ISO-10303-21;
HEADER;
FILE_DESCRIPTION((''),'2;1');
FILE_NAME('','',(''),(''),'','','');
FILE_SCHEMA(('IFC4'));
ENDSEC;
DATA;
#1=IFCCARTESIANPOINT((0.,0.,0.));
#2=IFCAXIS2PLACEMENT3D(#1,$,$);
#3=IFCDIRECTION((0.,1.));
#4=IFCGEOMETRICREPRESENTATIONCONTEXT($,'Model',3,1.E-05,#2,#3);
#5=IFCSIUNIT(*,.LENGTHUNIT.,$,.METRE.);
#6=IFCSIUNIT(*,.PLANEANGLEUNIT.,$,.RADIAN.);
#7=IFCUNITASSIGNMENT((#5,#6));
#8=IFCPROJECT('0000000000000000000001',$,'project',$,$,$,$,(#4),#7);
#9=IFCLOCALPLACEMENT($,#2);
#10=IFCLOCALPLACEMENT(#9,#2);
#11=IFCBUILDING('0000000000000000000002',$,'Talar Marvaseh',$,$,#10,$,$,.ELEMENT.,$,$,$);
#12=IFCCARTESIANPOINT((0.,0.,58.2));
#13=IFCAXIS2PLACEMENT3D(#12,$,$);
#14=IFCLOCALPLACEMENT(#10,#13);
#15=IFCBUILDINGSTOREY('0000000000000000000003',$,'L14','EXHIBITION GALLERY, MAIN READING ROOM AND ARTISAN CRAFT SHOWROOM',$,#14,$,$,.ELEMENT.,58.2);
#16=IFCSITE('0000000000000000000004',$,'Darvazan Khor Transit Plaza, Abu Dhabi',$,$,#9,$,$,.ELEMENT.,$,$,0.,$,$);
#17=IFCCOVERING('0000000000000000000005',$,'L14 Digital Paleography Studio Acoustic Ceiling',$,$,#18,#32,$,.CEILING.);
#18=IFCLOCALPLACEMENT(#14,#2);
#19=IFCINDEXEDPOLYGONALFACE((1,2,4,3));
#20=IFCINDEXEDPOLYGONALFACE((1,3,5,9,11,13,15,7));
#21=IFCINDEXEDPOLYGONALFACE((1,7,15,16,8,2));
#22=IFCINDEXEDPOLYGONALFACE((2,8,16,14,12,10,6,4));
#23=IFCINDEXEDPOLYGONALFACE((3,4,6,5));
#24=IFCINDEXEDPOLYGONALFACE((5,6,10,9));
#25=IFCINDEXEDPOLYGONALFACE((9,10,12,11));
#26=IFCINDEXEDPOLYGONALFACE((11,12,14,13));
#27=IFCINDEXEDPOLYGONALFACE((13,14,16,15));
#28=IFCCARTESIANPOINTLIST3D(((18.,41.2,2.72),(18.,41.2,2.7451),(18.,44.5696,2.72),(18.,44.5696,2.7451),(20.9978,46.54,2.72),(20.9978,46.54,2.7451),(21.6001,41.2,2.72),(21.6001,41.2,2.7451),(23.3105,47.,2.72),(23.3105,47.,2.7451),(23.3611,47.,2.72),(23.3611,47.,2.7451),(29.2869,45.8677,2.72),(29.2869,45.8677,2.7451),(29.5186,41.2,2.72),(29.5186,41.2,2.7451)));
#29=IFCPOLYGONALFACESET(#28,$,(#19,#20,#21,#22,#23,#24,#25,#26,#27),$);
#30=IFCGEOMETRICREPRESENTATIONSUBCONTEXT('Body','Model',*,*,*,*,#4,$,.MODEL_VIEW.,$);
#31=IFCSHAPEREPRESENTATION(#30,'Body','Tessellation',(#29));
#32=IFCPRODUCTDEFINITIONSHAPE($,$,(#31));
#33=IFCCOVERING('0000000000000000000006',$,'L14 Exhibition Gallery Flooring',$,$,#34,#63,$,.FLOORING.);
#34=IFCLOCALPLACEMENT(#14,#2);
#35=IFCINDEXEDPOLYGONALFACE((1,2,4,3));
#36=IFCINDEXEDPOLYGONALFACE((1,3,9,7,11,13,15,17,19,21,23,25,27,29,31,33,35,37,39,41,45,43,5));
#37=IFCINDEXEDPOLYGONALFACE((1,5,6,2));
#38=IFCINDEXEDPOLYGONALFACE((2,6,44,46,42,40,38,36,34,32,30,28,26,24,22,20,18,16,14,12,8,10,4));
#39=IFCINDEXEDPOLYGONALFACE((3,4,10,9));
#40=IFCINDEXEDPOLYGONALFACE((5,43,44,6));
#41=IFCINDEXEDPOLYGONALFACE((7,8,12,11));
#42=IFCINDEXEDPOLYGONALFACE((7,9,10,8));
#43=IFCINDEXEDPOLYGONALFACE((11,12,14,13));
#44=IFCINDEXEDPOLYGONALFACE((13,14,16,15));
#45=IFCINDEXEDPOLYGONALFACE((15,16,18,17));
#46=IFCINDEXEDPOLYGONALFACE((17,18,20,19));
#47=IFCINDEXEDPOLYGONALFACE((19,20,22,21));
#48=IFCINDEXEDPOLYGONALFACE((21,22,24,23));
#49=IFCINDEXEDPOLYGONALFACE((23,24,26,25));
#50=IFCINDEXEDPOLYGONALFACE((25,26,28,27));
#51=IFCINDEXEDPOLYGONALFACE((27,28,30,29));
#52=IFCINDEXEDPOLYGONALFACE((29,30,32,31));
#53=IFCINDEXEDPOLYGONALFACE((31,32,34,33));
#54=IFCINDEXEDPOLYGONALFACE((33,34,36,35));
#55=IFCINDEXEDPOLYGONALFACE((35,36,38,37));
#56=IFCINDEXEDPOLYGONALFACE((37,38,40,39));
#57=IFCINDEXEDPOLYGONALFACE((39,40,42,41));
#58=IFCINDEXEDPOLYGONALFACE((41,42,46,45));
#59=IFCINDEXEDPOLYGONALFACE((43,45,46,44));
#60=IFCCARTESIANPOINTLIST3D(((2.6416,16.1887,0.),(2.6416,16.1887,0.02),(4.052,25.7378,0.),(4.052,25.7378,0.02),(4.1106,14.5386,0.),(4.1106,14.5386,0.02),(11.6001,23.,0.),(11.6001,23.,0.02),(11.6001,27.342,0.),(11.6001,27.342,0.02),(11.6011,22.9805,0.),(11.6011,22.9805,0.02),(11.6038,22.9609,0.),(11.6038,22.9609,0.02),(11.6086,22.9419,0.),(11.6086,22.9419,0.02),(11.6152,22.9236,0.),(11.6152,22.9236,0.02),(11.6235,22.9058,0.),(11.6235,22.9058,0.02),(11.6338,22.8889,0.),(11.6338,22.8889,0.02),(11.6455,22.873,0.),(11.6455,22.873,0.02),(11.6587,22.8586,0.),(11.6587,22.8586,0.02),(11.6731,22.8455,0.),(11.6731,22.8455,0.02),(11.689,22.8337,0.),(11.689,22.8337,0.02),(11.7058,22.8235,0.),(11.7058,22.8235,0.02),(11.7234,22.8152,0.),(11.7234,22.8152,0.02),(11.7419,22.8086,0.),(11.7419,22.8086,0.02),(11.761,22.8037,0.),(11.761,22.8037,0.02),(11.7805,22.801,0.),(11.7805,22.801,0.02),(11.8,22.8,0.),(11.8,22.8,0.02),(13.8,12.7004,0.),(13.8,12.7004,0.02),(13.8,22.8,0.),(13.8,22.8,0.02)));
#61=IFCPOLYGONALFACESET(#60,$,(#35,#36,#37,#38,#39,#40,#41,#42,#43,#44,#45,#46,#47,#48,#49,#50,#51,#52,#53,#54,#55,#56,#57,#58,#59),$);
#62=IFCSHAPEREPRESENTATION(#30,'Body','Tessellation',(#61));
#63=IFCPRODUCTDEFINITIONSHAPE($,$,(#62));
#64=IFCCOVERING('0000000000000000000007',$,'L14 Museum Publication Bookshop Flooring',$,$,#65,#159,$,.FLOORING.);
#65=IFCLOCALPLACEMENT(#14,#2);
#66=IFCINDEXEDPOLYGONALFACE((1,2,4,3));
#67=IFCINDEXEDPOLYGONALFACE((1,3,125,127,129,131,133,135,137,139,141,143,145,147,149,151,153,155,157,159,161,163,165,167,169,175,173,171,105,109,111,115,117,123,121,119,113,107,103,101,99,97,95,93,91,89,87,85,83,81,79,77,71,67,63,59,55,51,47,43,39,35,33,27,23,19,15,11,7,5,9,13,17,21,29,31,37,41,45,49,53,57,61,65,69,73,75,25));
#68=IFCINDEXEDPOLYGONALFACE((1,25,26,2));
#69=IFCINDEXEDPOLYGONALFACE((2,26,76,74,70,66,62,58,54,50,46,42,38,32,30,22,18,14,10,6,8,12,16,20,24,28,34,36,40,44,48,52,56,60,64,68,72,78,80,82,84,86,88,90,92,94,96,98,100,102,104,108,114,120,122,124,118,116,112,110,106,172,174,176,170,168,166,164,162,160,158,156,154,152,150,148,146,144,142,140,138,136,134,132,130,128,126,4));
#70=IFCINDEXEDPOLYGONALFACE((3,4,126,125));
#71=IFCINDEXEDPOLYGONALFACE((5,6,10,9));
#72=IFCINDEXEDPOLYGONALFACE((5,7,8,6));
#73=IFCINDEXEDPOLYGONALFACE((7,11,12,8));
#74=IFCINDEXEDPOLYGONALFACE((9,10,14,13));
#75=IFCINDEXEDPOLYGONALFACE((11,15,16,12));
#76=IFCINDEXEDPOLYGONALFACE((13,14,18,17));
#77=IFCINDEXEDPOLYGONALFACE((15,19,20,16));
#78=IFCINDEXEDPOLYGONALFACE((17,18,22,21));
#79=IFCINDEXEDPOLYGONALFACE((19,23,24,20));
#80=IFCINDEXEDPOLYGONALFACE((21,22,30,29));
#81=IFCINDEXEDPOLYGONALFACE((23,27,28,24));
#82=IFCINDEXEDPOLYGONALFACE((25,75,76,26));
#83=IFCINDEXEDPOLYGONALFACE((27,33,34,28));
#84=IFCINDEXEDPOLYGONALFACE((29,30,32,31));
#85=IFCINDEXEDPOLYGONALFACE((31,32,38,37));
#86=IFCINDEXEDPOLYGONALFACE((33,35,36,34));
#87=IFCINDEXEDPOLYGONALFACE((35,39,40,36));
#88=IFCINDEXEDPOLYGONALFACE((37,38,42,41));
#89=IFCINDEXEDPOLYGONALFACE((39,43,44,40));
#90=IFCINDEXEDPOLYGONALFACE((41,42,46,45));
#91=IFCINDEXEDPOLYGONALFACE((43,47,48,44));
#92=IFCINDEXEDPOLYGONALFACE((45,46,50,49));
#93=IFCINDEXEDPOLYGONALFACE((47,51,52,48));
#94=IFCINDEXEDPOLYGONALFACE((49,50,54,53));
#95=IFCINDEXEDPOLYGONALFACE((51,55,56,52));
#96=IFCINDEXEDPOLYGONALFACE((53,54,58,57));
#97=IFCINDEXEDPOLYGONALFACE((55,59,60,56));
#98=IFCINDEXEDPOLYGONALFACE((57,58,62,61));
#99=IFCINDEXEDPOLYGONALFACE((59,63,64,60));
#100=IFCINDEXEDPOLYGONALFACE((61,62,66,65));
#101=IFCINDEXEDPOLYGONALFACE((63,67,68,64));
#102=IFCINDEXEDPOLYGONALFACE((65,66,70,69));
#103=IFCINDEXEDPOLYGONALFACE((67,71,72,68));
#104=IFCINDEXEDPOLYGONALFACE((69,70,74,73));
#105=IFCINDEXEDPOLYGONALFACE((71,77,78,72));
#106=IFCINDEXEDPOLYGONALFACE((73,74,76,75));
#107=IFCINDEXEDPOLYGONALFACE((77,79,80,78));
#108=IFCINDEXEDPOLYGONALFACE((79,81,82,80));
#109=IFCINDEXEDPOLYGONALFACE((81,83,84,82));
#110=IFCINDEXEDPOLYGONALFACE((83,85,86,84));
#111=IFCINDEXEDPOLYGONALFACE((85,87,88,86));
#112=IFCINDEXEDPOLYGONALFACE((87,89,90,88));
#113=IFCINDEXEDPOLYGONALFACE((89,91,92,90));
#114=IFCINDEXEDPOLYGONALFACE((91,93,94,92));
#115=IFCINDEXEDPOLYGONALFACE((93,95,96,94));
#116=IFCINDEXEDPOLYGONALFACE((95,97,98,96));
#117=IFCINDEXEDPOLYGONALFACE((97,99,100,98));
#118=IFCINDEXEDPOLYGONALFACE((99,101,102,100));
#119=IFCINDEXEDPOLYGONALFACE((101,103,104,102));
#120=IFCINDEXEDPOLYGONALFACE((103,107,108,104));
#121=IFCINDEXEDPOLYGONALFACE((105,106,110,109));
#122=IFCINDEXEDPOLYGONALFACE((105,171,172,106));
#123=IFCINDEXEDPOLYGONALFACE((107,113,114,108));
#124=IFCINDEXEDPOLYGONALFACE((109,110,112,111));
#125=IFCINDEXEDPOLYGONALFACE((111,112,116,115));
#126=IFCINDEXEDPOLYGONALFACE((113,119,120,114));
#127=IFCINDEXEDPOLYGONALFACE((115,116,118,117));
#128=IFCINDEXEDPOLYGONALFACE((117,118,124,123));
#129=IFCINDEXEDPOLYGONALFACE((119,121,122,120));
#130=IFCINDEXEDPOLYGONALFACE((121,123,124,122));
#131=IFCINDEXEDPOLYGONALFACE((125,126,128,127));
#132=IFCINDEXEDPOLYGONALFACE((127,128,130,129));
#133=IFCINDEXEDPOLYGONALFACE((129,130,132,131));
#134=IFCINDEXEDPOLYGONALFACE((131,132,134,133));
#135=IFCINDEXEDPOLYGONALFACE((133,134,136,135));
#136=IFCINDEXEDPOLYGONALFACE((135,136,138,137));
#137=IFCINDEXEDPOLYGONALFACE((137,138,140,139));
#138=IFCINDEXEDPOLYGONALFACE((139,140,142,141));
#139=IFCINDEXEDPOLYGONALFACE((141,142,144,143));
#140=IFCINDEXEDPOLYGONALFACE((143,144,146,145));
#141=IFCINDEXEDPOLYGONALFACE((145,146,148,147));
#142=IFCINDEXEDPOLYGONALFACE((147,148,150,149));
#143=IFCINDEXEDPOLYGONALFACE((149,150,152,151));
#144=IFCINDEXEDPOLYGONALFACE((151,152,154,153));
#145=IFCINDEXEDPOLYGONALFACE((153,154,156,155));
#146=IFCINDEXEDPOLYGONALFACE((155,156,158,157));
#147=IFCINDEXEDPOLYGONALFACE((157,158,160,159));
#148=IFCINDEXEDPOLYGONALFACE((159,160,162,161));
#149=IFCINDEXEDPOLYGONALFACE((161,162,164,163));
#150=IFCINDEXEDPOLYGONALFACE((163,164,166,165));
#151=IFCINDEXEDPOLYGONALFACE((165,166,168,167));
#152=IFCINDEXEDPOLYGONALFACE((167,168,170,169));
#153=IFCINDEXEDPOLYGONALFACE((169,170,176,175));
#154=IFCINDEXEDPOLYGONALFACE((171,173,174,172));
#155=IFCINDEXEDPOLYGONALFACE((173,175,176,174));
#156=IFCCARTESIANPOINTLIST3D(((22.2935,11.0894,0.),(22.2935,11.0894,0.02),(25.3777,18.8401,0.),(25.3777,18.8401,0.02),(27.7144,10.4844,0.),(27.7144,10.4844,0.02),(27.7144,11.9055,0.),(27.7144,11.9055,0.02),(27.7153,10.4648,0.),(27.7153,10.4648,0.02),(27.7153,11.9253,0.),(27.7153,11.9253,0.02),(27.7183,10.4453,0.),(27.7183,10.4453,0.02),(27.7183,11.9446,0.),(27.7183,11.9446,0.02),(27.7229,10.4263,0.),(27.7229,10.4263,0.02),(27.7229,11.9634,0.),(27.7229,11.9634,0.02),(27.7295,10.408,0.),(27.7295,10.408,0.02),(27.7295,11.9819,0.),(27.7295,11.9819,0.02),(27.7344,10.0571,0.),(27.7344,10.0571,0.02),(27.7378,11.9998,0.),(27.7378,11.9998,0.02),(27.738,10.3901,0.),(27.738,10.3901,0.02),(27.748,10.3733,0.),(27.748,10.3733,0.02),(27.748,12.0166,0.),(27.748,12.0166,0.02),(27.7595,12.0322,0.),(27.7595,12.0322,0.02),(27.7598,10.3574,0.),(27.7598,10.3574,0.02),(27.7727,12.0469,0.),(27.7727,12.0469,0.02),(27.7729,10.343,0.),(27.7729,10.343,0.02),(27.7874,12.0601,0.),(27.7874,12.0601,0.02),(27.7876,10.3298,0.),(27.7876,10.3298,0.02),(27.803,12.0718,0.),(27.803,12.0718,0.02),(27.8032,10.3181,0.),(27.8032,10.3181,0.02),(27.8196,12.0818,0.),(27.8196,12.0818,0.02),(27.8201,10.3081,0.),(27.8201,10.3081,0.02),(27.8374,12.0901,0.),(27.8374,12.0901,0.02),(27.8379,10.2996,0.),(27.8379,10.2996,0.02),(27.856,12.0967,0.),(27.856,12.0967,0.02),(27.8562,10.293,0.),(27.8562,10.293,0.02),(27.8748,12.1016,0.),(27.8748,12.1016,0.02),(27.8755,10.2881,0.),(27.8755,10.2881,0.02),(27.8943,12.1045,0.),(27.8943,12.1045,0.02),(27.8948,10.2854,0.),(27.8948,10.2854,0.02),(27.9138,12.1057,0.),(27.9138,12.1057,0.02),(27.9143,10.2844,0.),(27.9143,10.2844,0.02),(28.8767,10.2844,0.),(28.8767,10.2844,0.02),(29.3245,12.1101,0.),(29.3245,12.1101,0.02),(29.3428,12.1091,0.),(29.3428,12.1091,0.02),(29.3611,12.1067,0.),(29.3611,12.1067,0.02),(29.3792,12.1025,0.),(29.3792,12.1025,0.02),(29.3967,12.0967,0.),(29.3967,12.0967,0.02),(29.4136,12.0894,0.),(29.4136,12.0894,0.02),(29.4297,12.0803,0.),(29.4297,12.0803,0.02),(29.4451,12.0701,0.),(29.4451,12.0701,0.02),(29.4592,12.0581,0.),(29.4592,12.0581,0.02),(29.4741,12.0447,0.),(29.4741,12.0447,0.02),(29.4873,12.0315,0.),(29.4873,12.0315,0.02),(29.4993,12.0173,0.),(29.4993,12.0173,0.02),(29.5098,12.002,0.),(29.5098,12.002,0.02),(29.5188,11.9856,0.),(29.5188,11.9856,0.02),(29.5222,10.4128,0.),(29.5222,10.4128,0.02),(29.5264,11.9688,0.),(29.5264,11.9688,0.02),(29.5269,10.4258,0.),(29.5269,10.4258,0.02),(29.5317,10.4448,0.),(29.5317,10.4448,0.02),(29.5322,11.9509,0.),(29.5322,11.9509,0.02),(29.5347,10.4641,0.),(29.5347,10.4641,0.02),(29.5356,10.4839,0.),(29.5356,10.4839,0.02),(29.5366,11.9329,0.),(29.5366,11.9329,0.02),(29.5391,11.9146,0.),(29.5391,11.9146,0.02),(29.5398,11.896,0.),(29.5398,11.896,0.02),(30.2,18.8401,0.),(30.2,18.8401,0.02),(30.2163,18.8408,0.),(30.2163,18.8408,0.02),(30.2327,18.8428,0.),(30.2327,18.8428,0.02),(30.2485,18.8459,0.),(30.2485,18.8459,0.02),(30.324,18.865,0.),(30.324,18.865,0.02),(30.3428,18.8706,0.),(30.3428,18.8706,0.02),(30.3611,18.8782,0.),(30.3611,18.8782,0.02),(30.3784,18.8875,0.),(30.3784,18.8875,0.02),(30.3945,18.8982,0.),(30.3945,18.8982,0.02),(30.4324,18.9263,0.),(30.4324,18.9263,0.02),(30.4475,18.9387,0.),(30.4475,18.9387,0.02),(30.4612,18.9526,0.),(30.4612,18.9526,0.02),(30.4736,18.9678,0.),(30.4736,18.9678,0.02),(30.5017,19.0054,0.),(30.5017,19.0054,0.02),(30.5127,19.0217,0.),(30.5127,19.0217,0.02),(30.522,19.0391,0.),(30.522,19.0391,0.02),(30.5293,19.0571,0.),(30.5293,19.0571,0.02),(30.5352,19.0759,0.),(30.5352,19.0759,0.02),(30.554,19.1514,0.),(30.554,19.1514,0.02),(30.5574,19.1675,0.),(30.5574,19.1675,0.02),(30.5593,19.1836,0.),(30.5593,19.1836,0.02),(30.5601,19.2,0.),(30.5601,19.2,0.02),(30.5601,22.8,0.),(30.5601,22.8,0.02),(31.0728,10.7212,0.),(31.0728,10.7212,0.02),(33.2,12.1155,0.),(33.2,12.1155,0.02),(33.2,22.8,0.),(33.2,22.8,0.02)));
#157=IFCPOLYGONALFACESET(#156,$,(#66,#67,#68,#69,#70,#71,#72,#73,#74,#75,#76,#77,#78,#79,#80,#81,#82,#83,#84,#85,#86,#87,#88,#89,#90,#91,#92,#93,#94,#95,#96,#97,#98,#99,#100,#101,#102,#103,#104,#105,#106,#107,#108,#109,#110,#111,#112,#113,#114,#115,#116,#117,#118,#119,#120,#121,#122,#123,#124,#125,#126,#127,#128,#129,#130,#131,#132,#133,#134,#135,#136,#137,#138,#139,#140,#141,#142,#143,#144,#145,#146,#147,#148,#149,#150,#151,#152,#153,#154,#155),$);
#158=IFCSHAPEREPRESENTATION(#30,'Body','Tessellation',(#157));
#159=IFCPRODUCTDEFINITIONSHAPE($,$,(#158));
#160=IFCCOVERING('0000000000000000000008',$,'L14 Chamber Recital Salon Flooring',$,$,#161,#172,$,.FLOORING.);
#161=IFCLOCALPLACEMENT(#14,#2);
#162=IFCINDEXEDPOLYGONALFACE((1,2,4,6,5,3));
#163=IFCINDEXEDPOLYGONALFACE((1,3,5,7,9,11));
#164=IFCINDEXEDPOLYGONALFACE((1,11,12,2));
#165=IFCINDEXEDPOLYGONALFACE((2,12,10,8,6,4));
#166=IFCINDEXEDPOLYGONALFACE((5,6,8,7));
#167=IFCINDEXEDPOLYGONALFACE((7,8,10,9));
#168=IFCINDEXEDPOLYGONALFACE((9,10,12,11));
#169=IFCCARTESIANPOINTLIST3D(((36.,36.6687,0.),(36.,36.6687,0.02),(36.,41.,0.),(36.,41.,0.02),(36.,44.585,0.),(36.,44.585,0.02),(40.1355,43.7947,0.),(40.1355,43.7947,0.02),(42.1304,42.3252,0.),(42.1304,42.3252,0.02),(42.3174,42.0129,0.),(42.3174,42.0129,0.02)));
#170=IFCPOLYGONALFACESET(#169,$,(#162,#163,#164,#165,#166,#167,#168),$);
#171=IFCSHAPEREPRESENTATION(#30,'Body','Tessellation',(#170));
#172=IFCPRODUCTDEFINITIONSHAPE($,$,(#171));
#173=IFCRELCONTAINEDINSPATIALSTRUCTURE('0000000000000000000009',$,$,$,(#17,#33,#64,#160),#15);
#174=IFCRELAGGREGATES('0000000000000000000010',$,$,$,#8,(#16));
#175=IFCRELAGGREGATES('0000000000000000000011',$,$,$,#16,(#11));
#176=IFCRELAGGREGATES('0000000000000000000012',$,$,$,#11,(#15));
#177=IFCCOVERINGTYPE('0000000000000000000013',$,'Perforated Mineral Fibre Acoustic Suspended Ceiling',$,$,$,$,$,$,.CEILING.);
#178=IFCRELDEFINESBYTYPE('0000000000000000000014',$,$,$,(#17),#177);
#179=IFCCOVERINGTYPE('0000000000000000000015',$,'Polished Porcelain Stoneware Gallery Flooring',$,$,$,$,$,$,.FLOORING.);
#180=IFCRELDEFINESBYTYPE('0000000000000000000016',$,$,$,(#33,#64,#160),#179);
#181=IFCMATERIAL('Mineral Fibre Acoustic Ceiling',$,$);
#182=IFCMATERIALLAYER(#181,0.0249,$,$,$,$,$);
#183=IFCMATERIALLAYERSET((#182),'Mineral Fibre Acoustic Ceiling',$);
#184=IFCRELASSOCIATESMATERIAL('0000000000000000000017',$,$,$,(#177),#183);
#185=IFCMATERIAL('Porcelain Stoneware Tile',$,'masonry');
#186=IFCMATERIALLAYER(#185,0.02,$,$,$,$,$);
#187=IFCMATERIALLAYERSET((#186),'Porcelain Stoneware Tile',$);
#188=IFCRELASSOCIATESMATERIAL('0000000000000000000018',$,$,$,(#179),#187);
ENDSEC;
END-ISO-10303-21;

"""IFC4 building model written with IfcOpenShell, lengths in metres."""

from ifc_helpers import new_model, si_unit, direction, frame, origin, place, context, subcontext, project, spatial, polyline, outline, extrude, material, layer, layer_set, type_object, element, save


model = new_model("IFC4")

# Units and contexts
model_context = context("Model", 3, precision=1e-05, world=origin(), true_north=direction((0.0, 1.0)))
body_context = subcontext(model_context, "Body", "Model", "MODEL_VIEW")
ifc_project = project(units=[si_unit("LENGTHUNIT", "METRE"), si_unit("PLANEANGLEUNIT", "RADIAN")], contexts=[model_context])

# Site, building, storey
site_placement = place(None, origin())
site = spatial("IfcSite", under=ifc_project, at=site_placement, Name="Darvazan Khor Transit Plaza, Abu Dhabi", CompositionType="ELEMENT", RefElevation=0.0)
building_placement = place(site_placement, origin())
building = spatial("IfcBuilding", under=site, at=building_placement, Name="Talar Marvaseh", CompositionType="ELEMENT")
storey_placement = place(building_placement, frame((0.0, 0.0, 58.2)))
storey = spatial("IfcBuildingStorey", under=building, at=storey_placement, Name="L14", Description="EXHIBITION GALLERY, MAIN READING ROOM AND ARTISAN CRAFT SHOWROOM", CompositionType="ELEMENT", Elevation=58.2)

# Coverings
ifc_material_1 = material(Name="Mineral Fibre Acoustic Ceiling")
ifc_layer_1 = layer(ifc_material_1, 0.0249)
ifc_layer_set_1 = layer_set([ifc_layer_1], Name="Mineral Fibre Acoustic Ceiling")
covering_type_1 = type_object("IfcCoveringType", Name="Perforated Mineral Fibre Acoustic Suspended Ceiling", PredefinedType="CEILING", material=ifc_layer_set_1)
covering_1_placement = place(storey_placement, frame((0.0, 0.0, 2.72)))
element("IfcCovering", 1, at=covering_1_placement, inside=storey, type_object=covering_type_1, Name="L14 Digital Paleography Studio Acoustic Ceiling", PredefinedType="CEILING", context=body_context, shape_type="SweptSolid", body=[
    extrude(outline(polyline([(23.3105, 47.0), (23.3611, 47.0), (29.2869, 45.8677), (29.5186, 41.2), (21.6001, 41.2), (18.0, 41.2), (18.0, 44.5696), (20.9978, 46.54), (23.3105, 47.0)])), origin(), (0.0, 0.0, 1.0), 0.0251),
])
ifc_material_2 = material(Name="Porcelain Stoneware Tile", Category="masonry")
ifc_layer_2 = layer(ifc_material_2, 0.02)
ifc_layer_set_2 = layer_set([ifc_layer_2], Name="Porcelain Stoneware Tile")
covering_type_2 = type_object("IfcCoveringType", Name="Polished Porcelain Stoneware Gallery Flooring", PredefinedType="FLOORING", material=ifc_layer_set_2)
covering_2_placement = place(storey_placement, origin())
element("IfcCovering", 2, at=covering_2_placement, inside=storey, type_object=covering_type_2, Name="L14 Exhibition Gallery Flooring", PredefinedType="FLOORING", context=body_context, shape_type="SweptSolid", body=[
    extrude(outline(polyline([(2.6416, 16.1887), (4.052, 25.7378), (11.6001, 27.342), (11.6001, 23.0), (11.6011, 22.9805), (11.6038, 22.9609), (11.6086, 22.9419), (11.6152, 22.9236), (11.6235, 22.9058), (11.6338, 22.8889), (11.6455, 22.873), (11.6587, 22.8586), (11.6731, 22.8455), (11.689, 22.8337), (11.7058, 22.8235), (11.7234, 22.8152), (11.7419, 22.8086), (11.761, 22.8037), (11.7805, 22.801), (11.8, 22.8), (13.8, 22.8), (13.8, 12.7004), (4.1106, 14.5386), (2.6416, 16.1887)])), origin(), (0.0, 0.0, 1.0), 0.02),
])
covering_3_placement = place(storey_placement, origin())
element("IfcCovering", 3, at=covering_3_placement, inside=storey, type_object=covering_type_2, Name="L14 Museum Publication Bookshop Flooring", PredefinedType="FLOORING", context=body_context, shape_type="SweptSolid", body=[
    extrude(outline(polyline([(25.3777, 18.8401), (30.2, 18.8401), (30.2163, 18.8408), (30.2327, 18.8428), (30.2485, 18.8459), (30.324, 18.865), (30.3428, 18.8706), (30.3611, 18.8782), (30.3784, 18.8875), (30.3945, 18.8982), (30.4324, 18.9263), (30.4475, 18.9387), (30.4612, 18.9526), (30.4736, 18.9678), (30.5017, 19.0054), (30.5127, 19.0217), (30.522, 19.0391), (30.5293, 19.0571), (30.5352, 19.0759), (30.554, 19.1514), (30.5574, 19.1675), (30.5593, 19.1836), (30.5601, 19.2), (30.5601, 22.8), (33.2, 22.8), (33.2, 12.1155), (31.0728, 10.7212), (29.5222, 10.4128), (29.5269, 10.4258), (29.5317, 10.4448), (29.5347, 10.4641), (29.5356, 10.4839), (29.5398, 11.896), (29.5391, 11.9146), (29.5366, 11.9329), (29.5322, 11.9509), (29.5264, 11.9688), (29.5188, 11.9856), (29.5098, 12.002), (29.4993, 12.0173), (29.4873, 12.0315), (29.4741, 12.0447), (29.4592, 12.0581), (29.4451, 12.0701), (29.4297, 12.0803), (29.4136, 12.0894), (29.3967, 12.0967), (29.3792, 12.1025), (29.3611, 12.1067), (29.3428, 12.1091), (29.3245, 12.1101), (27.9138, 12.1057), (27.8943, 12.1045), (27.8748, 12.1016), (27.856, 12.0967), (27.8374, 12.0901), (27.8196, 12.0818), (27.803, 12.0718), (27.7874, 12.0601), (27.7727, 12.0469), (27.7595, 12.0322), (27.748, 12.0166), (27.7378, 11.9998), (27.7295, 11.9819), (27.7229, 11.9634), (27.7183, 11.9446), (27.7153, 11.9253), (27.7144, 11.9055), (27.7144, 10.4844), (27.7153, 10.4648), (27.7183, 10.4453), (27.7229, 10.4263), (27.7295, 10.408), (27.738, 10.3901), (27.748, 10.3733), (27.7598, 10.3574), (27.7729, 10.343), (27.7876, 10.3298), (27.8032, 10.3181), (27.8201, 10.3081), (27.8379, 10.2996), (27.8562, 10.293), (27.8755, 10.2881), (27.8948, 10.2854), (27.9143, 10.2844), (28.8767, 10.2844), (27.7344, 10.0571), (22.2935, 11.0894), (25.3777, 18.8401)])), origin(), (0.0, 0.0, 1.0), 0.02),
])
covering_4_placement = place(storey_placement, origin())
element("IfcCovering", 4, at=covering_4_placement, inside=storey, type_object=covering_type_2, Name="L14 Chamber Recital Salon Flooring", PredefinedType="FLOORING", context=body_context, shape_type="SweptSolid", body=[
    extrude(outline(polyline([(42.1304, 42.3252), (42.3174, 42.0129), (36.0, 36.6687), (36.0, 41.0), (36.0, 44.585), (40.1355, 43.7947), (42.1304, 42.3252)])), origin(), (0.0, 0.0, 1.0), 0.02),
])

save(model, "model.ifc")
